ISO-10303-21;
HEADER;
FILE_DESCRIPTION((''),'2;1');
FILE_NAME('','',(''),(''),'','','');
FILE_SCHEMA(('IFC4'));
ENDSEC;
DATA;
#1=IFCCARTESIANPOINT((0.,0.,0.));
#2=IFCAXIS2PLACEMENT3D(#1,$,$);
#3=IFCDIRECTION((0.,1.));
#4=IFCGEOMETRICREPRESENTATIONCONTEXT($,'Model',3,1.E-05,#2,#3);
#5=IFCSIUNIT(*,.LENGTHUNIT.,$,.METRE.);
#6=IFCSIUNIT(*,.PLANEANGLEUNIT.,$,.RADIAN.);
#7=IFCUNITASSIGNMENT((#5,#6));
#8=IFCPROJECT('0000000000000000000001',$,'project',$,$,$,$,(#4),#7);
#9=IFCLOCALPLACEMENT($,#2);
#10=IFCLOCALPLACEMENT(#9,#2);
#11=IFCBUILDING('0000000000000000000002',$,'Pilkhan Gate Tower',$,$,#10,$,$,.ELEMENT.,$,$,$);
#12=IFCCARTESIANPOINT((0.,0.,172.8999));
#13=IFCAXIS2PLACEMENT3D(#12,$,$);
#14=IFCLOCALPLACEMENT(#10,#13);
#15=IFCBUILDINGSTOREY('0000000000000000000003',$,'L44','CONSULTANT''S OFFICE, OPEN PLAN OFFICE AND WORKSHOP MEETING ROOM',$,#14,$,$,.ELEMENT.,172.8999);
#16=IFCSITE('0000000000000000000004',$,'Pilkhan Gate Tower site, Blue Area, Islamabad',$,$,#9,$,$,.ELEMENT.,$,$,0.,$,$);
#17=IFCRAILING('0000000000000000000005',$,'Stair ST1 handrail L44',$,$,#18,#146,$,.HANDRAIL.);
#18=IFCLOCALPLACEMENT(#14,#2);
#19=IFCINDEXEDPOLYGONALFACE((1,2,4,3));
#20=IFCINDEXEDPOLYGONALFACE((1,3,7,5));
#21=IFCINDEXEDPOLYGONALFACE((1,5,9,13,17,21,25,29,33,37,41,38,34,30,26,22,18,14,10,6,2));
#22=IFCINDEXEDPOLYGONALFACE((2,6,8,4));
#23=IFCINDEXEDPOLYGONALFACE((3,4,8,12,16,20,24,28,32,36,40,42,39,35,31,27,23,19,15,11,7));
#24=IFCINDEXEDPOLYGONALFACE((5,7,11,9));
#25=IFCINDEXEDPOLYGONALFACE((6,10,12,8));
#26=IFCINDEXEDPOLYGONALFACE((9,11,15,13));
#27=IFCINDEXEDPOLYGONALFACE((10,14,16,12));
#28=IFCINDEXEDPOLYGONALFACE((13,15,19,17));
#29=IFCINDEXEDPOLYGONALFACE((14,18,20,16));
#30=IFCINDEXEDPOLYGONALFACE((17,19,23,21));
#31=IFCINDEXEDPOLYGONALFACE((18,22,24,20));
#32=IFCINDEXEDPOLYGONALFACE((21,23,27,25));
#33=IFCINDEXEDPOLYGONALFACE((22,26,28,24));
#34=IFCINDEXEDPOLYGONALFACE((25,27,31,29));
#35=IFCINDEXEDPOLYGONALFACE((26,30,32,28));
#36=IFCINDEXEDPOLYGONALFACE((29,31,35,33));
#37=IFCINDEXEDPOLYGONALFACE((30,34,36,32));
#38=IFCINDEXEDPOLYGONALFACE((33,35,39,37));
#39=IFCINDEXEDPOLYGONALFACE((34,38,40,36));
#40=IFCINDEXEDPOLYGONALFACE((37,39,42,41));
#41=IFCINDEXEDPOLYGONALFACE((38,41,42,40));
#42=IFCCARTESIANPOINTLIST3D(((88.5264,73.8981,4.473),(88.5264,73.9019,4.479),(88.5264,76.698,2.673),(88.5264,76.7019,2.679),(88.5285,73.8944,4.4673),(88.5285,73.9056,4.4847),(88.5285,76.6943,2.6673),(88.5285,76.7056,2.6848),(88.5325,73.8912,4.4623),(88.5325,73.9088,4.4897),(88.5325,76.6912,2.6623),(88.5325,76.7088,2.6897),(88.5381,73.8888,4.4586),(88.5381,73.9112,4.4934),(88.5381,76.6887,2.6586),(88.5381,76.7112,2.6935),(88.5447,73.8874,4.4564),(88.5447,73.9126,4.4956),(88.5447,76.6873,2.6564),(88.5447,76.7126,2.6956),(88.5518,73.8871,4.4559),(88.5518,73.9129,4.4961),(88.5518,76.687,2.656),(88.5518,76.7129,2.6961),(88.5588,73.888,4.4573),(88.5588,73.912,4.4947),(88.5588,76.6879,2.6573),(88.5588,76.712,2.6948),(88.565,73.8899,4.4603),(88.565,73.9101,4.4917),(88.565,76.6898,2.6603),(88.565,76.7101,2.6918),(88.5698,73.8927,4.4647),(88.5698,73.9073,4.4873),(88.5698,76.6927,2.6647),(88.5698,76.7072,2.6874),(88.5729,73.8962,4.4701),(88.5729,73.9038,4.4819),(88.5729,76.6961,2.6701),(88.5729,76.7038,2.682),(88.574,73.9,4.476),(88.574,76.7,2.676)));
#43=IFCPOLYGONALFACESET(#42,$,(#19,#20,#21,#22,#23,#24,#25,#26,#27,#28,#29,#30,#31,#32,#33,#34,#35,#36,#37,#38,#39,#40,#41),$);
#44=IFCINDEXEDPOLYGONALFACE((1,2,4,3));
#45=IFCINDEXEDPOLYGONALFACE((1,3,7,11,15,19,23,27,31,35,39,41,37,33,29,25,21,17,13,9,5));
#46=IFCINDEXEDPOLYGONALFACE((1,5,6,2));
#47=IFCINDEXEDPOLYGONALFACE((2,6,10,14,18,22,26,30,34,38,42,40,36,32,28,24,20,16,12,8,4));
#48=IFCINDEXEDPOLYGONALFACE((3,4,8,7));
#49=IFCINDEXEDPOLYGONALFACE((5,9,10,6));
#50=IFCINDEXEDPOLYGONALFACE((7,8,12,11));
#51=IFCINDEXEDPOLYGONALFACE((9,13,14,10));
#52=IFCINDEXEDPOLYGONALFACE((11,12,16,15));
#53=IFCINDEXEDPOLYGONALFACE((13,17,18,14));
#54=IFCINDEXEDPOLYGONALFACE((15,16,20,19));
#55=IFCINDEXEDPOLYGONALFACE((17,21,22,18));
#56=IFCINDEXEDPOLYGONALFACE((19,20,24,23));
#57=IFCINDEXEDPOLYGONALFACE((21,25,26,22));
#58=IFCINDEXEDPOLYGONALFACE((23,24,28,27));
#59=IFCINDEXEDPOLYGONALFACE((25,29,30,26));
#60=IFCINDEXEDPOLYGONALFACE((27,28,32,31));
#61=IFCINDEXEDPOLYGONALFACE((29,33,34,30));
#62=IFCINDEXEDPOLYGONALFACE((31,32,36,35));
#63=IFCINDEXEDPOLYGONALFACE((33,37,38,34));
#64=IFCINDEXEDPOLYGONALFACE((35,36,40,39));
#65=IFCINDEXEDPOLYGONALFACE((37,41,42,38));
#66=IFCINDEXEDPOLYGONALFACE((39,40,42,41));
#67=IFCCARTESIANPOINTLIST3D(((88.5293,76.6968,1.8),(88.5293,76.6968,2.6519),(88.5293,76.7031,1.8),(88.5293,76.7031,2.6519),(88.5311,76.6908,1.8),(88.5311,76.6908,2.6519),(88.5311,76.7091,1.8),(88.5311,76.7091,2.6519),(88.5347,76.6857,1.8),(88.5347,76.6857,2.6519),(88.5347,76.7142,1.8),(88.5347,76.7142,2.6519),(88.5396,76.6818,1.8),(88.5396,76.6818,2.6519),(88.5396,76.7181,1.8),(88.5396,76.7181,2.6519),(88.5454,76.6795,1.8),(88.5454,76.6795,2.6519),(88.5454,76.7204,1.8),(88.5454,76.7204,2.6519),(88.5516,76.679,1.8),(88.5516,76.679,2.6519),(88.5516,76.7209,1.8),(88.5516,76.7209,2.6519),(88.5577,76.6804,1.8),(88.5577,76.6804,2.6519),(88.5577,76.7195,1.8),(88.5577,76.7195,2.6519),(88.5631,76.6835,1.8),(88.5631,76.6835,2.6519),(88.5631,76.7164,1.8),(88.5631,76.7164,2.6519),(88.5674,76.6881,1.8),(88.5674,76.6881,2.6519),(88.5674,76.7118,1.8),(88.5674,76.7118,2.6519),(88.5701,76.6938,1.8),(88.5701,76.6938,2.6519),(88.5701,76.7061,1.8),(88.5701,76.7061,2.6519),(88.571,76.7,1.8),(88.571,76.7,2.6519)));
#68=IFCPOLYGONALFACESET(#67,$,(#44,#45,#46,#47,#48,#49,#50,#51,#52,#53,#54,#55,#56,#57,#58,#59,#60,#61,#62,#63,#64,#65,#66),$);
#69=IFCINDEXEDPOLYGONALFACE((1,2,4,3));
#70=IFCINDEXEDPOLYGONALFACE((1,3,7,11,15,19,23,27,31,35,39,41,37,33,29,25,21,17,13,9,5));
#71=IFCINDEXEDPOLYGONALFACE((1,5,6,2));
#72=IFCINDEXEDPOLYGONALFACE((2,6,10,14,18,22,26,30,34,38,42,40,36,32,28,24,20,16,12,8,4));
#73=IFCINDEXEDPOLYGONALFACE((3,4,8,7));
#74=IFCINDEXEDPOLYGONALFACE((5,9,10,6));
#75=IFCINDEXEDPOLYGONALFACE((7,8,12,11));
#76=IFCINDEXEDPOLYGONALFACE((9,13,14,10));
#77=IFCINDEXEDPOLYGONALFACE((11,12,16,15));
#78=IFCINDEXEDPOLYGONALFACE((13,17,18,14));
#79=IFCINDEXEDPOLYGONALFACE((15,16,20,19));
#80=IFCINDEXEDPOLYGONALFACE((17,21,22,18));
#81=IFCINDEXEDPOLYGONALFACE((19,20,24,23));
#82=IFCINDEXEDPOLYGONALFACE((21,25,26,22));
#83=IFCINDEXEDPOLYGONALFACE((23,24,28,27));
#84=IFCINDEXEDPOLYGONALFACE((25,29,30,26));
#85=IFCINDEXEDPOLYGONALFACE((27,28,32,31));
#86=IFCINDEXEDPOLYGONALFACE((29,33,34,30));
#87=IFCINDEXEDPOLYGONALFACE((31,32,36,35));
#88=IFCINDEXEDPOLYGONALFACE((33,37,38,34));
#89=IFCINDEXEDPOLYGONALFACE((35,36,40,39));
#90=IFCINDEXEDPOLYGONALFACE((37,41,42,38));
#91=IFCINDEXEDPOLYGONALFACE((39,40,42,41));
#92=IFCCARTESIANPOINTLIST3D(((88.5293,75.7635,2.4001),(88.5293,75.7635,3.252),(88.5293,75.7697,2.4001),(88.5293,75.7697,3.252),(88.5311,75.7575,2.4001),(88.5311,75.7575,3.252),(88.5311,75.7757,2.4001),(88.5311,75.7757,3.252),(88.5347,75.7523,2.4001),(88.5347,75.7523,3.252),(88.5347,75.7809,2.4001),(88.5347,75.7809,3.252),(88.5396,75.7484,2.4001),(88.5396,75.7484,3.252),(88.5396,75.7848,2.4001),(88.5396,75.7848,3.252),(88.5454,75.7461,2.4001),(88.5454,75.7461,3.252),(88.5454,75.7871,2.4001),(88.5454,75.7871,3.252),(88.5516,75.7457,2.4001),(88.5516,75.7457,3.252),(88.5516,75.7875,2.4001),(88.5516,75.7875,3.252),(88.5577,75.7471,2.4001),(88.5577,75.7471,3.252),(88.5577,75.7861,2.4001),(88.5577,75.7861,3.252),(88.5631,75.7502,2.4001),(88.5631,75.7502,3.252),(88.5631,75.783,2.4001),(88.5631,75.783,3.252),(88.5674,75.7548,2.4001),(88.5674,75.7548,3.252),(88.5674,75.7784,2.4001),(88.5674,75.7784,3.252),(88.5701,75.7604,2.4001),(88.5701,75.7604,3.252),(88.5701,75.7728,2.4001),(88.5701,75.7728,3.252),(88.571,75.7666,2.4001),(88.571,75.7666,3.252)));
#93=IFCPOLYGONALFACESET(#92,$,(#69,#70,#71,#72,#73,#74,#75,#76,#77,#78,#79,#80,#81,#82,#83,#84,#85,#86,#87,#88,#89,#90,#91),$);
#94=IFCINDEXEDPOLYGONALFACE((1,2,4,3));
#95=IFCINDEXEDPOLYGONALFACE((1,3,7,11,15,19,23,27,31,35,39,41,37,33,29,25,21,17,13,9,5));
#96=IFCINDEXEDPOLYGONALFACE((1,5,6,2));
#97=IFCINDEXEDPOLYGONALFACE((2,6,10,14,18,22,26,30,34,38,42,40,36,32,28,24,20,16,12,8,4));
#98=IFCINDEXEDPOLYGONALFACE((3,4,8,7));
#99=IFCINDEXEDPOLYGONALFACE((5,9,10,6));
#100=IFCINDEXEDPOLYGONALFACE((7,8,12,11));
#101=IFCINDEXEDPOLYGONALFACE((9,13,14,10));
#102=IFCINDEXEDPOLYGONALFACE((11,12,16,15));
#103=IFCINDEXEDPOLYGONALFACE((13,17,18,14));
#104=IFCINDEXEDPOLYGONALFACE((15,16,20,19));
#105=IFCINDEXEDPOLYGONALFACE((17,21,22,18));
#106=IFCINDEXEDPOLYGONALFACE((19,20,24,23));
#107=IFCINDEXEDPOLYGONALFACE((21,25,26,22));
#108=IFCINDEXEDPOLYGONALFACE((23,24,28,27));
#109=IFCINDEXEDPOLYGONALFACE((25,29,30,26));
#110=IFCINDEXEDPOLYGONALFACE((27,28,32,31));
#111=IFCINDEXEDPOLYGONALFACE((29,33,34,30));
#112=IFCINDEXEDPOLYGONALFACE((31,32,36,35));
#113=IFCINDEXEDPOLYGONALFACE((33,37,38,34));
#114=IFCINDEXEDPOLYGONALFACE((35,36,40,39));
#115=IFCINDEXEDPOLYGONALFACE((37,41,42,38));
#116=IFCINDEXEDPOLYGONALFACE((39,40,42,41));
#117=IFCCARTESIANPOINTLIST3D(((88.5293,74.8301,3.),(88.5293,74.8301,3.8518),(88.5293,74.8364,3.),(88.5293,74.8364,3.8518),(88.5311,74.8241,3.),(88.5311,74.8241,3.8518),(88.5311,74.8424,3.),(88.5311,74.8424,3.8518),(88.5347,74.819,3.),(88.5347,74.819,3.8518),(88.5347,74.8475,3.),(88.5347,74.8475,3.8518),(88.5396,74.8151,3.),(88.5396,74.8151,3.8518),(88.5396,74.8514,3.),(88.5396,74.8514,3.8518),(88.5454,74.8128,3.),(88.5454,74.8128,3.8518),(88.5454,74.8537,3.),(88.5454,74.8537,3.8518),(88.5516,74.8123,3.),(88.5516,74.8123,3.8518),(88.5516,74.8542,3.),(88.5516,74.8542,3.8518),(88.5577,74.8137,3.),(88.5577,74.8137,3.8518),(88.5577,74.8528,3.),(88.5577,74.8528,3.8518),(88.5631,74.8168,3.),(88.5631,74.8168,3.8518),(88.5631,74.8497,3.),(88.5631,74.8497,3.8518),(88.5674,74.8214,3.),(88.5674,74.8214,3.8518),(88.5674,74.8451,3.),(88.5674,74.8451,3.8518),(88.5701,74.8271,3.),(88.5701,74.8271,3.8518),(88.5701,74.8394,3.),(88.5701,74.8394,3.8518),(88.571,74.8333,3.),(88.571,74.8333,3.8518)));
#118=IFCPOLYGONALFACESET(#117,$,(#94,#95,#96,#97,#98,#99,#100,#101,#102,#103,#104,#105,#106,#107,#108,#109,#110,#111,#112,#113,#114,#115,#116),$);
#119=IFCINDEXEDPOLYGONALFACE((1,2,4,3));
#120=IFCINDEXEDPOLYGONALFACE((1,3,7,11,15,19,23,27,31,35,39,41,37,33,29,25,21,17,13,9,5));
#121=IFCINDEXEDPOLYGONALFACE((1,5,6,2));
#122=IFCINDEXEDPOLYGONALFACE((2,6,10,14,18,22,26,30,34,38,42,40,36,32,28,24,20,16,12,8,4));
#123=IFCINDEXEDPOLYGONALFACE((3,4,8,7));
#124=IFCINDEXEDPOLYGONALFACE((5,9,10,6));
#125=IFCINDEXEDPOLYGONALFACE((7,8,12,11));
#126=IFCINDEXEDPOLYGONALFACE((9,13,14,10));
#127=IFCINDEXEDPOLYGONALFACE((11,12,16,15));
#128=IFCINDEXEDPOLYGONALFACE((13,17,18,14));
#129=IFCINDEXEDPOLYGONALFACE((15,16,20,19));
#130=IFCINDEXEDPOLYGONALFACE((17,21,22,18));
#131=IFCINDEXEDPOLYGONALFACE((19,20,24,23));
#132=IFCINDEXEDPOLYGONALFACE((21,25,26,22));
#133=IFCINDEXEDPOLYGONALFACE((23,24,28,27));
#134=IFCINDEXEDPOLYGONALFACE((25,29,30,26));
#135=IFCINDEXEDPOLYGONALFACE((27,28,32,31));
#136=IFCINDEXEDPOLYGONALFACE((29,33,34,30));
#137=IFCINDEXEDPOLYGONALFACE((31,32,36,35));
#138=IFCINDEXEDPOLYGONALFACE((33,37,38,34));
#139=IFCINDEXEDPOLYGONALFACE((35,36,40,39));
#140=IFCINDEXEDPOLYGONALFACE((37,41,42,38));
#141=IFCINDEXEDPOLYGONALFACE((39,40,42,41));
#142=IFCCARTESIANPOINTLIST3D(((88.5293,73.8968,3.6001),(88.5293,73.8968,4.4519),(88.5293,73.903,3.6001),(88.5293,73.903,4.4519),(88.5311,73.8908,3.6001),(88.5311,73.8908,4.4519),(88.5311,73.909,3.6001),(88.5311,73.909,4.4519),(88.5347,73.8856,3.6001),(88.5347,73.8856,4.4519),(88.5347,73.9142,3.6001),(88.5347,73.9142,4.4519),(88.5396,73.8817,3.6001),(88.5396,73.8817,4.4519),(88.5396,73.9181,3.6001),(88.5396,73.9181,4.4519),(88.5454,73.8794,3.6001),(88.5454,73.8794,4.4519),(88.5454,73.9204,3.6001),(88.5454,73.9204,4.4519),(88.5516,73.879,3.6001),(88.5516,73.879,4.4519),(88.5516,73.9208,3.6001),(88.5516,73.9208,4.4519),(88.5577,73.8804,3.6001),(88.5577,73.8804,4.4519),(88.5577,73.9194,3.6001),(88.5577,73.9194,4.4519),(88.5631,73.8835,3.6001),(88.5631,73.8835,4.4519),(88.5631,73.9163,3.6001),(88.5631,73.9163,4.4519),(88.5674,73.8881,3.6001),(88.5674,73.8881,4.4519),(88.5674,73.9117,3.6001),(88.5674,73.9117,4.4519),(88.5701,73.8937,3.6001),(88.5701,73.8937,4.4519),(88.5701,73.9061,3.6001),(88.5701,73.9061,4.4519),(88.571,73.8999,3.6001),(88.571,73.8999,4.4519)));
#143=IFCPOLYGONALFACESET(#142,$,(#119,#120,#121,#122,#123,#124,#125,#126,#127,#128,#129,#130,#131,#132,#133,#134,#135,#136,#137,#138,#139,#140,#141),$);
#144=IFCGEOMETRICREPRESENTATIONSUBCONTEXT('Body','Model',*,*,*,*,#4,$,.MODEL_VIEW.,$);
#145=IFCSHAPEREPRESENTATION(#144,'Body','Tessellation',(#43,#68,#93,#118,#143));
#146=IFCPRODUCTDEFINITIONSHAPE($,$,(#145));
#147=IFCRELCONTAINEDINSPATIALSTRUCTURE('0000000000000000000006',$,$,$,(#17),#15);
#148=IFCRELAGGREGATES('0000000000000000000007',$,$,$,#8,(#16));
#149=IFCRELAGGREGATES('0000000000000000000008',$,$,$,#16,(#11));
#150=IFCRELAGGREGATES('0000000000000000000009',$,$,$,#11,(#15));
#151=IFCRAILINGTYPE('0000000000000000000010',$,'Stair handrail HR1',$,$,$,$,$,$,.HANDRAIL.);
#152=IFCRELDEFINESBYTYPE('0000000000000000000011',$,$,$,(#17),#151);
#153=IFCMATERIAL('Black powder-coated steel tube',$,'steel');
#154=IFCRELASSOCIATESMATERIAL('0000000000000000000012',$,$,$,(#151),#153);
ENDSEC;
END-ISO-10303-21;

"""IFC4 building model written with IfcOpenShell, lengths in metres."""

from ifc_helpers import new_model, si_unit, direction, frame, origin, origin_2d, place, context, subcontext, project, spatial, circle, extrude, material, type_object, element, save


model = new_model("IFC4")

# Units and contexts
model_context = context("Model", 3, precision=1e-05, world=origin(), true_north=direction((0.0, 1.0)))
body_context = subcontext(model_context, "Body", "Model", "MODEL_VIEW")
ifc_project = project(units=[si_unit("LENGTHUNIT", "METRE"), si_unit("PLANEANGLEUNIT", "RADIAN")], contexts=[model_context])

# Site, building, storey
site_placement = place(None, origin())
site = spatial("IfcSite", under=ifc_project, at=site_placement, Name="Pilkhan Gate Tower site, Blue Area, Islamabad", CompositionType="ELEMENT", RefElevation=0.0)
building_placement = place(site_placement, origin())
building = spatial("IfcBuilding", under=site, at=building_placement, Name="Pilkhan Gate Tower", CompositionType="ELEMENT")
storey_placement = place(building_placement, frame((0.0, 0.0, 172.8999)))
storey = spatial("IfcBuildingStorey", under=building, at=storey_placement, Name="L44", Description="CONSULTANT'S OFFICE, OPEN PLAN OFFICE AND WORKSHOP MEETING ROOM", CompositionType="ELEMENT", Elevation=172.8999)

# Railing
ifc_material_1 = material(Name="Black powder-coated steel tube", Category="steel")
railing_type_1 = type_object("IfcRailingType", Name="Stair handrail HR1", PredefinedType="HANDRAIL", material=ifc_material_1)
railing_1_placement = place(storey_placement, frame((88.55, 76.7, 1.8)))
element("IfcRailing", 1, at=railing_1_placement, inside=storey, type_object=railing_type_1, Name="Stair ST1 handrail L44", PredefinedType="HANDRAIL", context=body_context, shape_type="SweptSolid", body=[
    extrude(circle(Radius=0.0239, at=origin_2d()), frame((0.0, 0.0, 0.876), z_axis=(0.0, -0.841176, 0.540761), x_axis=(1.0, 0.0, 0.0)), (0.0, 0.0, 1.0), 3.3286),
    extrude(circle(Radius=0.021, at=origin_2d()), origin(), (0.0, 0.0, 1.0), 0.8518),
    extrude(circle(Radius=0.021, at=origin_2d()), frame((0.0, -0.9333, 0.6001)), (0.0, 0.0, 1.0), 0.8518),
    extrude(circle(Radius=0.021, at=origin_2d()), frame((0.0, -1.8667, 1.2)), (0.0, 0.0, 1.0), 0.8518),
    extrude(circle(Radius=0.021, at=origin_2d()), frame((0.0, -2.8, 1.8)), (0.0, 0.0, 1.0), 0.8518),
])

save(model, "model.ifc")
